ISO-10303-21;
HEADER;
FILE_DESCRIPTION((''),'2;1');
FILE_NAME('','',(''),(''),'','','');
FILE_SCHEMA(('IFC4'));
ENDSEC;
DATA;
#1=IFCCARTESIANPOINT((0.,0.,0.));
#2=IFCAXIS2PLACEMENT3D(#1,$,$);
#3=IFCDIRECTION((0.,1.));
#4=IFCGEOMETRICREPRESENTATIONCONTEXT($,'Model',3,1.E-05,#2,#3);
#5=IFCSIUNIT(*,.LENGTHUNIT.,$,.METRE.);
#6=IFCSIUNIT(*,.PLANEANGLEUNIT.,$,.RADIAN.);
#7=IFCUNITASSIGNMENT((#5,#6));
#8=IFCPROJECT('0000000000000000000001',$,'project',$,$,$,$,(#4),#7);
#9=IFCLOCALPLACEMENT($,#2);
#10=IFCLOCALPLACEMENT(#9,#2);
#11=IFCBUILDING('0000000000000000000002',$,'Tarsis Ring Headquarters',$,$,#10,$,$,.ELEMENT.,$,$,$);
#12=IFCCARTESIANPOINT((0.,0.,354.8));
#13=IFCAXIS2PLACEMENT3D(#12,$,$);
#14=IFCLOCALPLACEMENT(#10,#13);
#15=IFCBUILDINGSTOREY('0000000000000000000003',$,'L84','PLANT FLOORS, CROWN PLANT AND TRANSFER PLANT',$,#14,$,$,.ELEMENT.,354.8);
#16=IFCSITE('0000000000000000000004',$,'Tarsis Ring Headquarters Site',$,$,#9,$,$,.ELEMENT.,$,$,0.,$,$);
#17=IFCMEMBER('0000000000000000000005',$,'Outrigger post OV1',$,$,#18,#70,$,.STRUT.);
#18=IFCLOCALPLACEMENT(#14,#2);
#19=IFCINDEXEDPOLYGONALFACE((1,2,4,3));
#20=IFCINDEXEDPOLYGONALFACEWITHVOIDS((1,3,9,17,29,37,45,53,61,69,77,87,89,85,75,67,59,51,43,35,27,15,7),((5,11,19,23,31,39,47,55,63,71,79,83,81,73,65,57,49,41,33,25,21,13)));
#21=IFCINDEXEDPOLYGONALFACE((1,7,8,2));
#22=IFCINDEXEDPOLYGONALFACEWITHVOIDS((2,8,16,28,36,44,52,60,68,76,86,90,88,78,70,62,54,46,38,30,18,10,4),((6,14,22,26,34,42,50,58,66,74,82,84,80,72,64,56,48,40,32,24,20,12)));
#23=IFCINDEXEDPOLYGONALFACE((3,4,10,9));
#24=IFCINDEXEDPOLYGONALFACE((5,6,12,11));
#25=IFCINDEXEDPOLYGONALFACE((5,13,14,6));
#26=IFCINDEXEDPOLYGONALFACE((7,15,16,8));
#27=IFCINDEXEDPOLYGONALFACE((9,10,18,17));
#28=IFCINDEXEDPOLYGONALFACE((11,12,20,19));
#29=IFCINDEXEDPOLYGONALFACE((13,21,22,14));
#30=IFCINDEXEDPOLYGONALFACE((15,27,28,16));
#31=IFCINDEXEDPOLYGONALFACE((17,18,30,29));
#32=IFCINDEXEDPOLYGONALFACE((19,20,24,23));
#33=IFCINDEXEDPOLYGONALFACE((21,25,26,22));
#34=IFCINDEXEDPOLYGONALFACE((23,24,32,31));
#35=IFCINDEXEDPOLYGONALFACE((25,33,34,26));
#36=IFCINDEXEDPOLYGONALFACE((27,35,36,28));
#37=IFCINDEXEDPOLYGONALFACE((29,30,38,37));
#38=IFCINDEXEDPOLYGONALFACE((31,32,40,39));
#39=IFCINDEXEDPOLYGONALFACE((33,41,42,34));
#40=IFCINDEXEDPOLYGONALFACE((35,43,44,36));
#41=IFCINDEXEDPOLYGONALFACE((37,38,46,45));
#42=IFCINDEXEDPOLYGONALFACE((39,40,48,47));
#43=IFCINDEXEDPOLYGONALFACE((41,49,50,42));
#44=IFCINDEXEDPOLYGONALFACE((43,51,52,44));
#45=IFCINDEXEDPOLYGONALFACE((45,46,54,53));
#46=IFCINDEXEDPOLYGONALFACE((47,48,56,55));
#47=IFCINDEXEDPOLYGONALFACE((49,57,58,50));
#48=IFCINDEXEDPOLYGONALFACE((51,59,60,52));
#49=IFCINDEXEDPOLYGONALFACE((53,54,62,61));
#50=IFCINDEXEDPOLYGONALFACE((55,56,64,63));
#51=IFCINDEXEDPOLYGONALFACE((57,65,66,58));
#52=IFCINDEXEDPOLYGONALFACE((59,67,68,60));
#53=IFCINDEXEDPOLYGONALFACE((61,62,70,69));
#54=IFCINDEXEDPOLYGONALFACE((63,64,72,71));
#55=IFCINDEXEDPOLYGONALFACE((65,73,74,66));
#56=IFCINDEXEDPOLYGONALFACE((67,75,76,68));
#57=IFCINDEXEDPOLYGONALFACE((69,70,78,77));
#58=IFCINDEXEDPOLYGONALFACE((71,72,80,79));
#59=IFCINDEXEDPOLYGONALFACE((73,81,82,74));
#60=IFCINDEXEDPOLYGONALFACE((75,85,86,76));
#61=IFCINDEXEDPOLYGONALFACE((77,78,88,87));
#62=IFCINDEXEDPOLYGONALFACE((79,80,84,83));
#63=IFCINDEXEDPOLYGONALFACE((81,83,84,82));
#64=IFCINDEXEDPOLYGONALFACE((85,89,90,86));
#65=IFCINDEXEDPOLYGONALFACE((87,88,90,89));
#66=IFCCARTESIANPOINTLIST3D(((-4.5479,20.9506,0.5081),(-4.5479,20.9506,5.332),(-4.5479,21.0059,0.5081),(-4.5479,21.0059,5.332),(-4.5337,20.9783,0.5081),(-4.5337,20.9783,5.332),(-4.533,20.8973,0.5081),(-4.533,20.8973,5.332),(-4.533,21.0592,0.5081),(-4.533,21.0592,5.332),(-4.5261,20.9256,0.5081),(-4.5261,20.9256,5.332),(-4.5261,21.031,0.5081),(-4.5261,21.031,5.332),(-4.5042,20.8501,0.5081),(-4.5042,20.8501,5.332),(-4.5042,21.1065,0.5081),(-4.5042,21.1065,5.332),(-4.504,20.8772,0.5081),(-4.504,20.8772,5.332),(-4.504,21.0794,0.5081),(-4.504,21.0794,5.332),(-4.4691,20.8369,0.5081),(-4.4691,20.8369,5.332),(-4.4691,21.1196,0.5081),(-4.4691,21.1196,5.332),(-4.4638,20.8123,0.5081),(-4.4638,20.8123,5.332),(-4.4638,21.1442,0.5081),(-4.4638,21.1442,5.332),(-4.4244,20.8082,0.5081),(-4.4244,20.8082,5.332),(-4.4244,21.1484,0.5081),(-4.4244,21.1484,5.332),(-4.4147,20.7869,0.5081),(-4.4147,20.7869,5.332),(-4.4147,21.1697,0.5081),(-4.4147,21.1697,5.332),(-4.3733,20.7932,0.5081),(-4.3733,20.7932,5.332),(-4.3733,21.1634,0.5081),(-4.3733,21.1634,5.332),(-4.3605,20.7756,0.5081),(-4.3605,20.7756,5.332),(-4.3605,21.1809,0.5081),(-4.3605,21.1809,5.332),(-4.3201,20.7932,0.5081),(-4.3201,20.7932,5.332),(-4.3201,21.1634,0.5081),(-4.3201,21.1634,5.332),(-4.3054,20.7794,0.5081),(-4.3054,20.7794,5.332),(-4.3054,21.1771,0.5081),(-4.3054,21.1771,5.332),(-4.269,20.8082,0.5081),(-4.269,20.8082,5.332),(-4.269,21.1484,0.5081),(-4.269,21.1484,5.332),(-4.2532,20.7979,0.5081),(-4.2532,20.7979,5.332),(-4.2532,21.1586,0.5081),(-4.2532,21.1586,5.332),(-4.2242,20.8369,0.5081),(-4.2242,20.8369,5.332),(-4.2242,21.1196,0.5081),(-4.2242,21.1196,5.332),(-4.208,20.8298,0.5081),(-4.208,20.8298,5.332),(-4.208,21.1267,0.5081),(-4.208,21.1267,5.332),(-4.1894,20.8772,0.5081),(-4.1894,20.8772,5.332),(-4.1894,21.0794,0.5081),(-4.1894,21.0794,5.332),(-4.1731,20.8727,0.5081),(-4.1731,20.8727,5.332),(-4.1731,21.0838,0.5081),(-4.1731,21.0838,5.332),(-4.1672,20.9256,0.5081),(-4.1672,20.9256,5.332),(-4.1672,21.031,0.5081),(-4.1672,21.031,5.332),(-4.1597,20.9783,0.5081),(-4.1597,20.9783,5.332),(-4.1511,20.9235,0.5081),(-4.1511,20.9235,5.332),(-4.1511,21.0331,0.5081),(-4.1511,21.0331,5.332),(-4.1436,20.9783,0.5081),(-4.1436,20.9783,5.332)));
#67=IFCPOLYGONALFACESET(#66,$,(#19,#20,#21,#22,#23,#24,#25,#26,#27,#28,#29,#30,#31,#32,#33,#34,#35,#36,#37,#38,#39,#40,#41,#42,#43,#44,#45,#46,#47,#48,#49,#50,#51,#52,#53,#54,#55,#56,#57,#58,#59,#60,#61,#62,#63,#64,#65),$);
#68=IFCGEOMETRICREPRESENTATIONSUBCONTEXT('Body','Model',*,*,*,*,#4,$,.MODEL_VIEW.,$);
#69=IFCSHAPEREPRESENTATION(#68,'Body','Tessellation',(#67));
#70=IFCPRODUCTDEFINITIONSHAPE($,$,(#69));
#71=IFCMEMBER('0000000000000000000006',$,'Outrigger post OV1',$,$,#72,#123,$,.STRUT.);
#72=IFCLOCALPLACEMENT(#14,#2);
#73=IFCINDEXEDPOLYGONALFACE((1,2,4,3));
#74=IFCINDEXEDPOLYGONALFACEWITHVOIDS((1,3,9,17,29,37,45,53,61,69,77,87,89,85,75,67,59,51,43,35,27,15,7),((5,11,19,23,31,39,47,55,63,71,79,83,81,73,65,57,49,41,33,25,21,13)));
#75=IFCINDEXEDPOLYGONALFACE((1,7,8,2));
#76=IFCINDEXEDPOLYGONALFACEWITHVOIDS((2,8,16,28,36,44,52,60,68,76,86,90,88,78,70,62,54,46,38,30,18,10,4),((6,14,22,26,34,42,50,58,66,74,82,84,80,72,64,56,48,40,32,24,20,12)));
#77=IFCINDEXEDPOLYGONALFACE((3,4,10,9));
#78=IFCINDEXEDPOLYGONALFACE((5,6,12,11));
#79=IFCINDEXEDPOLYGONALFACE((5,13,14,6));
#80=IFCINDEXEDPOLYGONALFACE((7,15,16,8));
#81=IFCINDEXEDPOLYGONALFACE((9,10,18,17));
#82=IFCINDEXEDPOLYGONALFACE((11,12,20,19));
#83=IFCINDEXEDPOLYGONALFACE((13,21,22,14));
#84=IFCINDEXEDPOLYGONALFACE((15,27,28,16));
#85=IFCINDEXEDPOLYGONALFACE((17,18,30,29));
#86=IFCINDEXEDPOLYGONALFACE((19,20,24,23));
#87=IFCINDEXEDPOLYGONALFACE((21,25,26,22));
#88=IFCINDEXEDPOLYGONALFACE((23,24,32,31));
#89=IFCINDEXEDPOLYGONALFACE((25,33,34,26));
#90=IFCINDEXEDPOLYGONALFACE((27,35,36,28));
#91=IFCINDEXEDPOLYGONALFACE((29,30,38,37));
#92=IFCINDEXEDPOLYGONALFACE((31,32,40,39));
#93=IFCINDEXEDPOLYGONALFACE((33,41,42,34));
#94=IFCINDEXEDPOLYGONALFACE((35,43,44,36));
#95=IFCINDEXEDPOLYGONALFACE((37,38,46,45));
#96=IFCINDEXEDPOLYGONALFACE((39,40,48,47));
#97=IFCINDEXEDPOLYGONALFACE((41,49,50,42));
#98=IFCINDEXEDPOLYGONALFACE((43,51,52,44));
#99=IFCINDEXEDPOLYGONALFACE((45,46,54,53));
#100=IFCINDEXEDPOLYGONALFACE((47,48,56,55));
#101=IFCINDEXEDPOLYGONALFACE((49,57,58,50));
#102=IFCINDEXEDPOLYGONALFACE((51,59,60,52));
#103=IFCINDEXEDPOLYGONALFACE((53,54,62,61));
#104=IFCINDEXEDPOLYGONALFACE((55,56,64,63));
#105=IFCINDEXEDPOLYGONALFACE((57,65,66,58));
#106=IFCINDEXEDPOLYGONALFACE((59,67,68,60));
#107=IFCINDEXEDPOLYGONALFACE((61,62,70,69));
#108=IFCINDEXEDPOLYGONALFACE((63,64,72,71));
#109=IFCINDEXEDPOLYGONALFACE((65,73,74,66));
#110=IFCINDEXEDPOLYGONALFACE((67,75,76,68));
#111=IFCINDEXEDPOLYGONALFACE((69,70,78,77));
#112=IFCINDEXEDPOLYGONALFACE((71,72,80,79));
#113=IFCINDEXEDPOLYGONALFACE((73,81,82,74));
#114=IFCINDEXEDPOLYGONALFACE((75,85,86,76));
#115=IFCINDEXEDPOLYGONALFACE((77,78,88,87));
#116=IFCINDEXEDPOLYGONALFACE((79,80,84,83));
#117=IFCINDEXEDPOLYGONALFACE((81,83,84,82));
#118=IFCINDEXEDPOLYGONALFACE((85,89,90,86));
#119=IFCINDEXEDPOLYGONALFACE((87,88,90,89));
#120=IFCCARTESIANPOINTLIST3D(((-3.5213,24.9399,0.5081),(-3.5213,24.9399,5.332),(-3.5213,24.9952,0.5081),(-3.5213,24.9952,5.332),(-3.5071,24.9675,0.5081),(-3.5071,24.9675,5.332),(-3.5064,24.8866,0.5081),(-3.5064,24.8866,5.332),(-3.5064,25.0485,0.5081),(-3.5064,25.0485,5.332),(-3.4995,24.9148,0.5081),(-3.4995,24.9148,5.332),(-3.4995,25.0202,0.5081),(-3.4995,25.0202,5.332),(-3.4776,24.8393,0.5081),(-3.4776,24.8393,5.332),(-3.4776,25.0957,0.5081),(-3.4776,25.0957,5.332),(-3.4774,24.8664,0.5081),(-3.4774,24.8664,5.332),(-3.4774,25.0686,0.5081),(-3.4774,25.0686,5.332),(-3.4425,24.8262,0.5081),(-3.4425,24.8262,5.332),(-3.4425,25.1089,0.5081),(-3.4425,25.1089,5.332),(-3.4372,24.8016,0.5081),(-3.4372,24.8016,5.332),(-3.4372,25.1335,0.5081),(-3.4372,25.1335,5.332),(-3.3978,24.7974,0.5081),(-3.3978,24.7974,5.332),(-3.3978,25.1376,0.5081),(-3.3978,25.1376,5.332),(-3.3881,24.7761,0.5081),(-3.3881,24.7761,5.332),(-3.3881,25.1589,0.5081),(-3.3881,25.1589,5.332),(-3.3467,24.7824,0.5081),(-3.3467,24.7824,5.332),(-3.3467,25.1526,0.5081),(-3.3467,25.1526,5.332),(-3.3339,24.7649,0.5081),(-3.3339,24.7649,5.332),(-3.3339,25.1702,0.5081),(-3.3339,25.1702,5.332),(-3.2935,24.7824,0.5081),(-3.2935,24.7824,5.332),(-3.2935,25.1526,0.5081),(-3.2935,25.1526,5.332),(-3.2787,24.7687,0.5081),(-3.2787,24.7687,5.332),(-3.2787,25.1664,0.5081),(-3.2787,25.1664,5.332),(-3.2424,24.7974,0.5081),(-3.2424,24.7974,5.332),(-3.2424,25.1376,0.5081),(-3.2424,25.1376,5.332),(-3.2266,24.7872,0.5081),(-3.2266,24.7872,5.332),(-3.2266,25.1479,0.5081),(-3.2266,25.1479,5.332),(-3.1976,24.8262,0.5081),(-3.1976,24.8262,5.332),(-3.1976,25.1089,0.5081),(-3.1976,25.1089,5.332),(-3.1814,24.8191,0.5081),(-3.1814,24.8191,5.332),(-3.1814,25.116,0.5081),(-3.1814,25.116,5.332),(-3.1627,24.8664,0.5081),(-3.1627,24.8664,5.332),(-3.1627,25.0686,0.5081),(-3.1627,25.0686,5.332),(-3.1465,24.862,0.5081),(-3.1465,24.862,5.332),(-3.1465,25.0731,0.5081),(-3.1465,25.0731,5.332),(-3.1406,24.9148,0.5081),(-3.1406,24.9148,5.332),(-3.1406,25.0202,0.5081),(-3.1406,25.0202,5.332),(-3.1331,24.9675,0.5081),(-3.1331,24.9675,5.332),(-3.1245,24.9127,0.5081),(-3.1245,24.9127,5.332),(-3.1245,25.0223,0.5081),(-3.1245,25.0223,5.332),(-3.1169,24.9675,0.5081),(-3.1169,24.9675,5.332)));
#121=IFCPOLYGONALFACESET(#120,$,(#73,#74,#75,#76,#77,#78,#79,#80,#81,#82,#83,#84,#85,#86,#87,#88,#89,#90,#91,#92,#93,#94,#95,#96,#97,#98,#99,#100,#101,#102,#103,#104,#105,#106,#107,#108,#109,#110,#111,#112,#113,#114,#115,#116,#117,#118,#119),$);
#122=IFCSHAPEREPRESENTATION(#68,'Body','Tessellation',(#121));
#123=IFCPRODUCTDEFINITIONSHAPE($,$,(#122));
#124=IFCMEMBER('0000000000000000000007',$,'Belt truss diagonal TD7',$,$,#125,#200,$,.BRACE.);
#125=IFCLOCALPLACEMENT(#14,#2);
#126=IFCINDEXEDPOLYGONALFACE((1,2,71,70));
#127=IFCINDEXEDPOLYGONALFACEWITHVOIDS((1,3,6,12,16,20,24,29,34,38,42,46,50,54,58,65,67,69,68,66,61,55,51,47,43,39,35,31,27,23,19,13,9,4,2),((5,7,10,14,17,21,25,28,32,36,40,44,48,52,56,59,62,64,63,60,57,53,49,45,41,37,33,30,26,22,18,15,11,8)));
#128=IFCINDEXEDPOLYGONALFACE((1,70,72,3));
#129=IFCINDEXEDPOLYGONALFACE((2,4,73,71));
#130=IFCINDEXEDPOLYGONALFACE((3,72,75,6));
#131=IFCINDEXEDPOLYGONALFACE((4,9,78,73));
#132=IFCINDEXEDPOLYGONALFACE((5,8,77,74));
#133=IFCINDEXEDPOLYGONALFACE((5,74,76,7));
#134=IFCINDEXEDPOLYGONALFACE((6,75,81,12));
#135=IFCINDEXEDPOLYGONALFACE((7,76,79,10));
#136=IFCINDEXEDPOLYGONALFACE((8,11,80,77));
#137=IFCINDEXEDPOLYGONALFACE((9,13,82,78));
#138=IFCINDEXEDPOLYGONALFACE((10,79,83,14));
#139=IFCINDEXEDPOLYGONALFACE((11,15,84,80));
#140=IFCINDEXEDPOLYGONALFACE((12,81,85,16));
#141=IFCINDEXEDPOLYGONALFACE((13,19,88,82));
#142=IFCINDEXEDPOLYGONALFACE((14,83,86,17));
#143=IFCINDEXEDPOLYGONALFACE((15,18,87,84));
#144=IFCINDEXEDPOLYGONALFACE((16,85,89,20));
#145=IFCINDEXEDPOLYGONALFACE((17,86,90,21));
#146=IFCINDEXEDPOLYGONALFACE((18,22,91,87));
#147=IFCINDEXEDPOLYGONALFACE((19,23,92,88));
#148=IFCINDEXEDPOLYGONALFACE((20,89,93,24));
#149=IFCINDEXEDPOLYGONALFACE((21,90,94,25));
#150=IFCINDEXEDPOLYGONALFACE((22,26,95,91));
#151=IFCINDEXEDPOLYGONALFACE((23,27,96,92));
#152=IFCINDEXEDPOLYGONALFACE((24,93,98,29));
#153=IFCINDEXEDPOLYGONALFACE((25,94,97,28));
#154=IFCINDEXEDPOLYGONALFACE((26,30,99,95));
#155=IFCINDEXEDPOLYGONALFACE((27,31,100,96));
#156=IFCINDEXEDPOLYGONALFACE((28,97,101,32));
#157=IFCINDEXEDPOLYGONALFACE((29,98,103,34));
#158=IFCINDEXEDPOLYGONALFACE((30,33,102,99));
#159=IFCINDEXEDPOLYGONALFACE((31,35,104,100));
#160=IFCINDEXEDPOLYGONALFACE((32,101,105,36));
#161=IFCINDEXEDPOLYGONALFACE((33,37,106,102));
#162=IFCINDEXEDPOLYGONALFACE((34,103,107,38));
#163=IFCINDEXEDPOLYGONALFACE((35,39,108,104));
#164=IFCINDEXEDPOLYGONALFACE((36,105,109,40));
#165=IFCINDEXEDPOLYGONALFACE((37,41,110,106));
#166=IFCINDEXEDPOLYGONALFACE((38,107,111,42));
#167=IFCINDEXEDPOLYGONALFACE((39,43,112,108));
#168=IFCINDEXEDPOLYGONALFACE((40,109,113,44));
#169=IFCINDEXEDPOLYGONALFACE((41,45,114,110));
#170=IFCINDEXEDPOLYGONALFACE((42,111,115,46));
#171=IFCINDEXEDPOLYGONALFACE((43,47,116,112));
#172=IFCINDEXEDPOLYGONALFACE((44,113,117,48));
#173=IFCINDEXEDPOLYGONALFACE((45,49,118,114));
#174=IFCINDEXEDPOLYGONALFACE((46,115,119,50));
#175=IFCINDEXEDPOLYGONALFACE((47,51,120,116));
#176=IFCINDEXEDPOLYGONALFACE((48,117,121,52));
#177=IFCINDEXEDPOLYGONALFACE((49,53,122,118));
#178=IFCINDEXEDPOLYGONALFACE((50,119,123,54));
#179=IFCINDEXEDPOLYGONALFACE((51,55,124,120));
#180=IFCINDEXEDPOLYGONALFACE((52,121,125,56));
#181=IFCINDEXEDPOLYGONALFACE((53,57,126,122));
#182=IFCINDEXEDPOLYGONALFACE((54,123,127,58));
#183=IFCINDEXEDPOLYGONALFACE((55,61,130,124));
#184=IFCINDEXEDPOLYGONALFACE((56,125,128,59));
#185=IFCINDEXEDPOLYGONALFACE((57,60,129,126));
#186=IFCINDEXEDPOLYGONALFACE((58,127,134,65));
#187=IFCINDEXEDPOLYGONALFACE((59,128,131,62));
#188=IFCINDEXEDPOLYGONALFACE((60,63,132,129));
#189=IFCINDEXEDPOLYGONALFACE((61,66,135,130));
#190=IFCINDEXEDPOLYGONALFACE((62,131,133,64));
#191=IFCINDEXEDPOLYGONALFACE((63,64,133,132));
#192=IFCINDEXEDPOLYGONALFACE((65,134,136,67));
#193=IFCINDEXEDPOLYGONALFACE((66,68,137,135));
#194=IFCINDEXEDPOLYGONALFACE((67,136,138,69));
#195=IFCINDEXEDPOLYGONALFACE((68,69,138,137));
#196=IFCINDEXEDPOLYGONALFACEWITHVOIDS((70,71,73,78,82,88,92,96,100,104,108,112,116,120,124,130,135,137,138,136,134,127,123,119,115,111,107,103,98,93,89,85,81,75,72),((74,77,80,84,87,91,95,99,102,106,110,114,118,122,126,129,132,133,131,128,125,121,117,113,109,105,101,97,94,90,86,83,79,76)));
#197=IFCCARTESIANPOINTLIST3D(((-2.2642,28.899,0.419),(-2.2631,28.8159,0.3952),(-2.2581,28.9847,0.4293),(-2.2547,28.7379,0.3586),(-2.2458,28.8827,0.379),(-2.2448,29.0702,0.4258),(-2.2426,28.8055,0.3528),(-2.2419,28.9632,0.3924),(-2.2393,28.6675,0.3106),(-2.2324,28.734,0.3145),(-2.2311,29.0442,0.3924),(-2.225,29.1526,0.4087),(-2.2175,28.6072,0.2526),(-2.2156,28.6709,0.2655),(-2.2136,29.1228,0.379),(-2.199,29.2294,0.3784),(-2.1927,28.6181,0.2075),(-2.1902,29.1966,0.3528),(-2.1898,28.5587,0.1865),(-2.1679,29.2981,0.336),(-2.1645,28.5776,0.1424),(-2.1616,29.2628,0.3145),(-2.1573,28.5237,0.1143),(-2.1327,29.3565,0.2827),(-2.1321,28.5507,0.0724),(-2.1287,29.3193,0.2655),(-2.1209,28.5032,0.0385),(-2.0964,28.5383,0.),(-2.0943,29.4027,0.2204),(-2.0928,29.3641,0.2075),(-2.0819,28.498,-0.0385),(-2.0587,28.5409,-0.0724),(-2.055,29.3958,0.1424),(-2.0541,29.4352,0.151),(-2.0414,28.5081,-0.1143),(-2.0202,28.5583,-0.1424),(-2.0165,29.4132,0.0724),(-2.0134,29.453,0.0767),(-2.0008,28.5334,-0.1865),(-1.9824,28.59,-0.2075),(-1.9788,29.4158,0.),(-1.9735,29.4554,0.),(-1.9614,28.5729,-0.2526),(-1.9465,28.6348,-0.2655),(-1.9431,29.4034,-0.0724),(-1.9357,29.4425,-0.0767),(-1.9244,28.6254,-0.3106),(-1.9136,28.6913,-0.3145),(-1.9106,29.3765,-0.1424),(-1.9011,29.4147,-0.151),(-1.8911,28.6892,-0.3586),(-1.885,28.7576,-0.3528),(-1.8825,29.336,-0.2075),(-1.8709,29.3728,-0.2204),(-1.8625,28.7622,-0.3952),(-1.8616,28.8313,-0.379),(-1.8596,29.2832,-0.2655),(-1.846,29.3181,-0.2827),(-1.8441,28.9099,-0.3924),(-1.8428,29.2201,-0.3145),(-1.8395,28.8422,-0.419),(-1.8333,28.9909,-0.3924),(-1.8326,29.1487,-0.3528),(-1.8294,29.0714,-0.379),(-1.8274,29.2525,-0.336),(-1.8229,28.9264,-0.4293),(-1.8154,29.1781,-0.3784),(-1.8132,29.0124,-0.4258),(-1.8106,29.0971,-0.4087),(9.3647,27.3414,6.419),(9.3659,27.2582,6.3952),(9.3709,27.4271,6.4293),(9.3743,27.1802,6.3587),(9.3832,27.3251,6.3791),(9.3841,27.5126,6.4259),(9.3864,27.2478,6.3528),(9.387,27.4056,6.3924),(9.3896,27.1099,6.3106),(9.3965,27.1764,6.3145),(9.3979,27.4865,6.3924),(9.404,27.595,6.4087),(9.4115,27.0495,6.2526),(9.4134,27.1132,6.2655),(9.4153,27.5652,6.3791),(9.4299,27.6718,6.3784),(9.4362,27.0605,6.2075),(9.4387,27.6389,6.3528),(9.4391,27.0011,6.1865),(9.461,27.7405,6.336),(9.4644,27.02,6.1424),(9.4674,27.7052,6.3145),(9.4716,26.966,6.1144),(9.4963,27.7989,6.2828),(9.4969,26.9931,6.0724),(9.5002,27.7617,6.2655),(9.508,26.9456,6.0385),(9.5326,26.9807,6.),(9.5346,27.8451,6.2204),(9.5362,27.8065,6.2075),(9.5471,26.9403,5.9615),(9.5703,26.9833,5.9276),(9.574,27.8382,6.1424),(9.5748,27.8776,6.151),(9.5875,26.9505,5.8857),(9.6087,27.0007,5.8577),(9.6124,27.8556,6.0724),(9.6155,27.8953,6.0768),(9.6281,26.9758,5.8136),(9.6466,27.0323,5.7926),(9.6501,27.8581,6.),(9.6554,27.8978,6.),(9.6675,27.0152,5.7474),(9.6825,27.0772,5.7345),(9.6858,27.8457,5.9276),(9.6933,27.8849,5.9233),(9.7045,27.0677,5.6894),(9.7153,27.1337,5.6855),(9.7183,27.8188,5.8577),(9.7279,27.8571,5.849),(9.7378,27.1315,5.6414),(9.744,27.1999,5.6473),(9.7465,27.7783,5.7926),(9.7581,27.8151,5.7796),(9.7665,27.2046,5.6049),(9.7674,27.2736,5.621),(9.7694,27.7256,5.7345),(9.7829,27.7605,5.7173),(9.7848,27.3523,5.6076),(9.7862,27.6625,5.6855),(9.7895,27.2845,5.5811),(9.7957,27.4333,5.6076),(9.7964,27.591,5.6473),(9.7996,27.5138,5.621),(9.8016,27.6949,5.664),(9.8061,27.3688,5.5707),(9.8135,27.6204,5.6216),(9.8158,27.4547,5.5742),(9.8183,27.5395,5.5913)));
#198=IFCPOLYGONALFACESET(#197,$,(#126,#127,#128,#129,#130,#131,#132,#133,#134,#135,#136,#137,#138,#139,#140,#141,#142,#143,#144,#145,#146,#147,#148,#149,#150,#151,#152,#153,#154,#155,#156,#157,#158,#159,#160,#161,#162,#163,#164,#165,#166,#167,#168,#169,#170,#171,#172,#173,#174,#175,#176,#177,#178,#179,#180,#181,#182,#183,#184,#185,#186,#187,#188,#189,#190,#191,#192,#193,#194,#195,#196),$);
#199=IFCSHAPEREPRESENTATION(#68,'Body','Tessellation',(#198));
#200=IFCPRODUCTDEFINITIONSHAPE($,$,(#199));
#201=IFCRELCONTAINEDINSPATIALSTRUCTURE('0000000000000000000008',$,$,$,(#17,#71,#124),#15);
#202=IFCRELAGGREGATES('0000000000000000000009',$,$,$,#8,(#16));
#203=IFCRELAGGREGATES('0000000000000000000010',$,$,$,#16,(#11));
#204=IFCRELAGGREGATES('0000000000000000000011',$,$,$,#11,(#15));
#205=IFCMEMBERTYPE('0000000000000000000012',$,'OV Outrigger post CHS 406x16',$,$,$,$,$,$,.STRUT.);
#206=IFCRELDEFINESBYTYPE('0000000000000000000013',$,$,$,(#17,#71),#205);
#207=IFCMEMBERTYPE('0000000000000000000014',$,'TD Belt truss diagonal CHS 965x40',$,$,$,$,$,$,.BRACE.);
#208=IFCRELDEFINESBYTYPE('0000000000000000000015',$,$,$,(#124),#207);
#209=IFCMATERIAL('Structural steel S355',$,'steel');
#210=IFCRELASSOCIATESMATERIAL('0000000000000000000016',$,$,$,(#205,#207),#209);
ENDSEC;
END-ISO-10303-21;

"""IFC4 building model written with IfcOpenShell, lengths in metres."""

from ifc_helpers import new_model, si_unit, direction, frame, origin, origin_2d, place, context, subcontext, project, spatial, hollow_circle, extrude, material, material_profile, profile_set, type_object, element, save


model = new_model("IFC4")

# Units and contexts
model_context = context("Model", 3, precision=1e-05, world=origin(), true_north=direction((0.0, 1.0)))
body_context = subcontext(model_context, "Body", "Model", "MODEL_VIEW")
ifc_project = project(units=[si_unit("LENGTHUNIT", "METRE"), si_unit("PLANEANGLEUNIT", "RADIAN")], contexts=[model_context])

# Site, building, storey
site_placement = place(None, origin())
site = spatial("IfcSite", under=ifc_project, at=site_placement, Name="Tarsis Ring Headquarters Site", CompositionType="ELEMENT", RefElevation=0.0)
building_placement = place(site_placement, origin())
building = spatial("IfcBuilding", under=site, at=building_placement, Name="Tarsis Ring Headquarters", CompositionType="ELEMENT")
storey_placement = place(building_placement, frame((0.0, 0.0, 354.8)))
storey = spatial("IfcBuildingStorey", under=building, at=storey_placement, Name="L84", Description="PLANT FLOORS, CROWN PLANT AND TRANSFER PLANT", CompositionType="ELEMENT", Elevation=354.8)

# Shared definitions
ifc_material_1 = material(Name="Structural steel S355", Category="steel")
ifc_material_profile_1 = material_profile(ifc_material_1, hollow_circle(Radius=0.4827, WallThickness=0.04, at=origin_2d()), Name="CHS 965x40")
ifc_profile_set_1 = profile_set([ifc_material_profile_1], Name="Structural steel S355")

# Members
ifc_material_profile_2 = material_profile(ifc_material_1, hollow_circle(Radius=0.2031, WallThickness=0.0161, at=origin_2d()), Name="CHS 406x16")
ifc_profile_set_2 = profile_set([ifc_material_profile_2], Name="Structural steel S355")
member_type_1 = type_object("IfcMemberType", Name="OV Outrigger post CHS 406x16", PredefinedType="STRUT", material=ifc_profile_set_2)
for number, where, z_axis, x_axis, name in (
    (1, (-4.3467, 20.9783, 0.5081), (0.0, 0.0, 1.0), (1.0, 0.0, 0.0), "Outrigger post OV1"),
    (2, (-3.3201, 24.9675, 0.5081), (0.0, 0.0, 1.0), (1.0, 0.0, 0.0), "Outrigger post OV1"),
):
    element("IfcMember", number, at=place(storey_placement, frame(where, z_axis=z_axis, x_axis=x_axis)), inside=storey, type_object=member_type_1, Name=name, PredefinedType="STRUT", context=body_context, shape_type="SweptSolid", body=[
        extrude(hollow_circle(Radius=0.2031, WallThickness=0.0161, at=origin_2d()), origin(), (0.0, 0.0, 1.0), 4.824),
    ])
member_type_2 = type_object("IfcMemberType", Name="TD Belt truss diagonal CHS 965x40", PredefinedType="BRACE", material=ifc_profile_set_1)
member_1_placement = place(storey_placement, frame((-2.0376, 28.9771, 0.0), z_axis=(0.882454, -0.118199, 0.455307), x_axis=(0.132758, 0.991148, 0.0)))
element("IfcMember", 3, at=member_1_placement, inside=storey, type_object=member_type_2, Name="Belt truss diagonal TD7", PredefinedType="BRACE", context=body_context, shape_type="SweptSolid", body=[
    extrude(hollow_circle(Radius=0.4827, WallThickness=0.04, at=origin_2d()), origin(), (0.0, 0.0, 1.0), 13.178),
])

save(model, "model.ifc")
